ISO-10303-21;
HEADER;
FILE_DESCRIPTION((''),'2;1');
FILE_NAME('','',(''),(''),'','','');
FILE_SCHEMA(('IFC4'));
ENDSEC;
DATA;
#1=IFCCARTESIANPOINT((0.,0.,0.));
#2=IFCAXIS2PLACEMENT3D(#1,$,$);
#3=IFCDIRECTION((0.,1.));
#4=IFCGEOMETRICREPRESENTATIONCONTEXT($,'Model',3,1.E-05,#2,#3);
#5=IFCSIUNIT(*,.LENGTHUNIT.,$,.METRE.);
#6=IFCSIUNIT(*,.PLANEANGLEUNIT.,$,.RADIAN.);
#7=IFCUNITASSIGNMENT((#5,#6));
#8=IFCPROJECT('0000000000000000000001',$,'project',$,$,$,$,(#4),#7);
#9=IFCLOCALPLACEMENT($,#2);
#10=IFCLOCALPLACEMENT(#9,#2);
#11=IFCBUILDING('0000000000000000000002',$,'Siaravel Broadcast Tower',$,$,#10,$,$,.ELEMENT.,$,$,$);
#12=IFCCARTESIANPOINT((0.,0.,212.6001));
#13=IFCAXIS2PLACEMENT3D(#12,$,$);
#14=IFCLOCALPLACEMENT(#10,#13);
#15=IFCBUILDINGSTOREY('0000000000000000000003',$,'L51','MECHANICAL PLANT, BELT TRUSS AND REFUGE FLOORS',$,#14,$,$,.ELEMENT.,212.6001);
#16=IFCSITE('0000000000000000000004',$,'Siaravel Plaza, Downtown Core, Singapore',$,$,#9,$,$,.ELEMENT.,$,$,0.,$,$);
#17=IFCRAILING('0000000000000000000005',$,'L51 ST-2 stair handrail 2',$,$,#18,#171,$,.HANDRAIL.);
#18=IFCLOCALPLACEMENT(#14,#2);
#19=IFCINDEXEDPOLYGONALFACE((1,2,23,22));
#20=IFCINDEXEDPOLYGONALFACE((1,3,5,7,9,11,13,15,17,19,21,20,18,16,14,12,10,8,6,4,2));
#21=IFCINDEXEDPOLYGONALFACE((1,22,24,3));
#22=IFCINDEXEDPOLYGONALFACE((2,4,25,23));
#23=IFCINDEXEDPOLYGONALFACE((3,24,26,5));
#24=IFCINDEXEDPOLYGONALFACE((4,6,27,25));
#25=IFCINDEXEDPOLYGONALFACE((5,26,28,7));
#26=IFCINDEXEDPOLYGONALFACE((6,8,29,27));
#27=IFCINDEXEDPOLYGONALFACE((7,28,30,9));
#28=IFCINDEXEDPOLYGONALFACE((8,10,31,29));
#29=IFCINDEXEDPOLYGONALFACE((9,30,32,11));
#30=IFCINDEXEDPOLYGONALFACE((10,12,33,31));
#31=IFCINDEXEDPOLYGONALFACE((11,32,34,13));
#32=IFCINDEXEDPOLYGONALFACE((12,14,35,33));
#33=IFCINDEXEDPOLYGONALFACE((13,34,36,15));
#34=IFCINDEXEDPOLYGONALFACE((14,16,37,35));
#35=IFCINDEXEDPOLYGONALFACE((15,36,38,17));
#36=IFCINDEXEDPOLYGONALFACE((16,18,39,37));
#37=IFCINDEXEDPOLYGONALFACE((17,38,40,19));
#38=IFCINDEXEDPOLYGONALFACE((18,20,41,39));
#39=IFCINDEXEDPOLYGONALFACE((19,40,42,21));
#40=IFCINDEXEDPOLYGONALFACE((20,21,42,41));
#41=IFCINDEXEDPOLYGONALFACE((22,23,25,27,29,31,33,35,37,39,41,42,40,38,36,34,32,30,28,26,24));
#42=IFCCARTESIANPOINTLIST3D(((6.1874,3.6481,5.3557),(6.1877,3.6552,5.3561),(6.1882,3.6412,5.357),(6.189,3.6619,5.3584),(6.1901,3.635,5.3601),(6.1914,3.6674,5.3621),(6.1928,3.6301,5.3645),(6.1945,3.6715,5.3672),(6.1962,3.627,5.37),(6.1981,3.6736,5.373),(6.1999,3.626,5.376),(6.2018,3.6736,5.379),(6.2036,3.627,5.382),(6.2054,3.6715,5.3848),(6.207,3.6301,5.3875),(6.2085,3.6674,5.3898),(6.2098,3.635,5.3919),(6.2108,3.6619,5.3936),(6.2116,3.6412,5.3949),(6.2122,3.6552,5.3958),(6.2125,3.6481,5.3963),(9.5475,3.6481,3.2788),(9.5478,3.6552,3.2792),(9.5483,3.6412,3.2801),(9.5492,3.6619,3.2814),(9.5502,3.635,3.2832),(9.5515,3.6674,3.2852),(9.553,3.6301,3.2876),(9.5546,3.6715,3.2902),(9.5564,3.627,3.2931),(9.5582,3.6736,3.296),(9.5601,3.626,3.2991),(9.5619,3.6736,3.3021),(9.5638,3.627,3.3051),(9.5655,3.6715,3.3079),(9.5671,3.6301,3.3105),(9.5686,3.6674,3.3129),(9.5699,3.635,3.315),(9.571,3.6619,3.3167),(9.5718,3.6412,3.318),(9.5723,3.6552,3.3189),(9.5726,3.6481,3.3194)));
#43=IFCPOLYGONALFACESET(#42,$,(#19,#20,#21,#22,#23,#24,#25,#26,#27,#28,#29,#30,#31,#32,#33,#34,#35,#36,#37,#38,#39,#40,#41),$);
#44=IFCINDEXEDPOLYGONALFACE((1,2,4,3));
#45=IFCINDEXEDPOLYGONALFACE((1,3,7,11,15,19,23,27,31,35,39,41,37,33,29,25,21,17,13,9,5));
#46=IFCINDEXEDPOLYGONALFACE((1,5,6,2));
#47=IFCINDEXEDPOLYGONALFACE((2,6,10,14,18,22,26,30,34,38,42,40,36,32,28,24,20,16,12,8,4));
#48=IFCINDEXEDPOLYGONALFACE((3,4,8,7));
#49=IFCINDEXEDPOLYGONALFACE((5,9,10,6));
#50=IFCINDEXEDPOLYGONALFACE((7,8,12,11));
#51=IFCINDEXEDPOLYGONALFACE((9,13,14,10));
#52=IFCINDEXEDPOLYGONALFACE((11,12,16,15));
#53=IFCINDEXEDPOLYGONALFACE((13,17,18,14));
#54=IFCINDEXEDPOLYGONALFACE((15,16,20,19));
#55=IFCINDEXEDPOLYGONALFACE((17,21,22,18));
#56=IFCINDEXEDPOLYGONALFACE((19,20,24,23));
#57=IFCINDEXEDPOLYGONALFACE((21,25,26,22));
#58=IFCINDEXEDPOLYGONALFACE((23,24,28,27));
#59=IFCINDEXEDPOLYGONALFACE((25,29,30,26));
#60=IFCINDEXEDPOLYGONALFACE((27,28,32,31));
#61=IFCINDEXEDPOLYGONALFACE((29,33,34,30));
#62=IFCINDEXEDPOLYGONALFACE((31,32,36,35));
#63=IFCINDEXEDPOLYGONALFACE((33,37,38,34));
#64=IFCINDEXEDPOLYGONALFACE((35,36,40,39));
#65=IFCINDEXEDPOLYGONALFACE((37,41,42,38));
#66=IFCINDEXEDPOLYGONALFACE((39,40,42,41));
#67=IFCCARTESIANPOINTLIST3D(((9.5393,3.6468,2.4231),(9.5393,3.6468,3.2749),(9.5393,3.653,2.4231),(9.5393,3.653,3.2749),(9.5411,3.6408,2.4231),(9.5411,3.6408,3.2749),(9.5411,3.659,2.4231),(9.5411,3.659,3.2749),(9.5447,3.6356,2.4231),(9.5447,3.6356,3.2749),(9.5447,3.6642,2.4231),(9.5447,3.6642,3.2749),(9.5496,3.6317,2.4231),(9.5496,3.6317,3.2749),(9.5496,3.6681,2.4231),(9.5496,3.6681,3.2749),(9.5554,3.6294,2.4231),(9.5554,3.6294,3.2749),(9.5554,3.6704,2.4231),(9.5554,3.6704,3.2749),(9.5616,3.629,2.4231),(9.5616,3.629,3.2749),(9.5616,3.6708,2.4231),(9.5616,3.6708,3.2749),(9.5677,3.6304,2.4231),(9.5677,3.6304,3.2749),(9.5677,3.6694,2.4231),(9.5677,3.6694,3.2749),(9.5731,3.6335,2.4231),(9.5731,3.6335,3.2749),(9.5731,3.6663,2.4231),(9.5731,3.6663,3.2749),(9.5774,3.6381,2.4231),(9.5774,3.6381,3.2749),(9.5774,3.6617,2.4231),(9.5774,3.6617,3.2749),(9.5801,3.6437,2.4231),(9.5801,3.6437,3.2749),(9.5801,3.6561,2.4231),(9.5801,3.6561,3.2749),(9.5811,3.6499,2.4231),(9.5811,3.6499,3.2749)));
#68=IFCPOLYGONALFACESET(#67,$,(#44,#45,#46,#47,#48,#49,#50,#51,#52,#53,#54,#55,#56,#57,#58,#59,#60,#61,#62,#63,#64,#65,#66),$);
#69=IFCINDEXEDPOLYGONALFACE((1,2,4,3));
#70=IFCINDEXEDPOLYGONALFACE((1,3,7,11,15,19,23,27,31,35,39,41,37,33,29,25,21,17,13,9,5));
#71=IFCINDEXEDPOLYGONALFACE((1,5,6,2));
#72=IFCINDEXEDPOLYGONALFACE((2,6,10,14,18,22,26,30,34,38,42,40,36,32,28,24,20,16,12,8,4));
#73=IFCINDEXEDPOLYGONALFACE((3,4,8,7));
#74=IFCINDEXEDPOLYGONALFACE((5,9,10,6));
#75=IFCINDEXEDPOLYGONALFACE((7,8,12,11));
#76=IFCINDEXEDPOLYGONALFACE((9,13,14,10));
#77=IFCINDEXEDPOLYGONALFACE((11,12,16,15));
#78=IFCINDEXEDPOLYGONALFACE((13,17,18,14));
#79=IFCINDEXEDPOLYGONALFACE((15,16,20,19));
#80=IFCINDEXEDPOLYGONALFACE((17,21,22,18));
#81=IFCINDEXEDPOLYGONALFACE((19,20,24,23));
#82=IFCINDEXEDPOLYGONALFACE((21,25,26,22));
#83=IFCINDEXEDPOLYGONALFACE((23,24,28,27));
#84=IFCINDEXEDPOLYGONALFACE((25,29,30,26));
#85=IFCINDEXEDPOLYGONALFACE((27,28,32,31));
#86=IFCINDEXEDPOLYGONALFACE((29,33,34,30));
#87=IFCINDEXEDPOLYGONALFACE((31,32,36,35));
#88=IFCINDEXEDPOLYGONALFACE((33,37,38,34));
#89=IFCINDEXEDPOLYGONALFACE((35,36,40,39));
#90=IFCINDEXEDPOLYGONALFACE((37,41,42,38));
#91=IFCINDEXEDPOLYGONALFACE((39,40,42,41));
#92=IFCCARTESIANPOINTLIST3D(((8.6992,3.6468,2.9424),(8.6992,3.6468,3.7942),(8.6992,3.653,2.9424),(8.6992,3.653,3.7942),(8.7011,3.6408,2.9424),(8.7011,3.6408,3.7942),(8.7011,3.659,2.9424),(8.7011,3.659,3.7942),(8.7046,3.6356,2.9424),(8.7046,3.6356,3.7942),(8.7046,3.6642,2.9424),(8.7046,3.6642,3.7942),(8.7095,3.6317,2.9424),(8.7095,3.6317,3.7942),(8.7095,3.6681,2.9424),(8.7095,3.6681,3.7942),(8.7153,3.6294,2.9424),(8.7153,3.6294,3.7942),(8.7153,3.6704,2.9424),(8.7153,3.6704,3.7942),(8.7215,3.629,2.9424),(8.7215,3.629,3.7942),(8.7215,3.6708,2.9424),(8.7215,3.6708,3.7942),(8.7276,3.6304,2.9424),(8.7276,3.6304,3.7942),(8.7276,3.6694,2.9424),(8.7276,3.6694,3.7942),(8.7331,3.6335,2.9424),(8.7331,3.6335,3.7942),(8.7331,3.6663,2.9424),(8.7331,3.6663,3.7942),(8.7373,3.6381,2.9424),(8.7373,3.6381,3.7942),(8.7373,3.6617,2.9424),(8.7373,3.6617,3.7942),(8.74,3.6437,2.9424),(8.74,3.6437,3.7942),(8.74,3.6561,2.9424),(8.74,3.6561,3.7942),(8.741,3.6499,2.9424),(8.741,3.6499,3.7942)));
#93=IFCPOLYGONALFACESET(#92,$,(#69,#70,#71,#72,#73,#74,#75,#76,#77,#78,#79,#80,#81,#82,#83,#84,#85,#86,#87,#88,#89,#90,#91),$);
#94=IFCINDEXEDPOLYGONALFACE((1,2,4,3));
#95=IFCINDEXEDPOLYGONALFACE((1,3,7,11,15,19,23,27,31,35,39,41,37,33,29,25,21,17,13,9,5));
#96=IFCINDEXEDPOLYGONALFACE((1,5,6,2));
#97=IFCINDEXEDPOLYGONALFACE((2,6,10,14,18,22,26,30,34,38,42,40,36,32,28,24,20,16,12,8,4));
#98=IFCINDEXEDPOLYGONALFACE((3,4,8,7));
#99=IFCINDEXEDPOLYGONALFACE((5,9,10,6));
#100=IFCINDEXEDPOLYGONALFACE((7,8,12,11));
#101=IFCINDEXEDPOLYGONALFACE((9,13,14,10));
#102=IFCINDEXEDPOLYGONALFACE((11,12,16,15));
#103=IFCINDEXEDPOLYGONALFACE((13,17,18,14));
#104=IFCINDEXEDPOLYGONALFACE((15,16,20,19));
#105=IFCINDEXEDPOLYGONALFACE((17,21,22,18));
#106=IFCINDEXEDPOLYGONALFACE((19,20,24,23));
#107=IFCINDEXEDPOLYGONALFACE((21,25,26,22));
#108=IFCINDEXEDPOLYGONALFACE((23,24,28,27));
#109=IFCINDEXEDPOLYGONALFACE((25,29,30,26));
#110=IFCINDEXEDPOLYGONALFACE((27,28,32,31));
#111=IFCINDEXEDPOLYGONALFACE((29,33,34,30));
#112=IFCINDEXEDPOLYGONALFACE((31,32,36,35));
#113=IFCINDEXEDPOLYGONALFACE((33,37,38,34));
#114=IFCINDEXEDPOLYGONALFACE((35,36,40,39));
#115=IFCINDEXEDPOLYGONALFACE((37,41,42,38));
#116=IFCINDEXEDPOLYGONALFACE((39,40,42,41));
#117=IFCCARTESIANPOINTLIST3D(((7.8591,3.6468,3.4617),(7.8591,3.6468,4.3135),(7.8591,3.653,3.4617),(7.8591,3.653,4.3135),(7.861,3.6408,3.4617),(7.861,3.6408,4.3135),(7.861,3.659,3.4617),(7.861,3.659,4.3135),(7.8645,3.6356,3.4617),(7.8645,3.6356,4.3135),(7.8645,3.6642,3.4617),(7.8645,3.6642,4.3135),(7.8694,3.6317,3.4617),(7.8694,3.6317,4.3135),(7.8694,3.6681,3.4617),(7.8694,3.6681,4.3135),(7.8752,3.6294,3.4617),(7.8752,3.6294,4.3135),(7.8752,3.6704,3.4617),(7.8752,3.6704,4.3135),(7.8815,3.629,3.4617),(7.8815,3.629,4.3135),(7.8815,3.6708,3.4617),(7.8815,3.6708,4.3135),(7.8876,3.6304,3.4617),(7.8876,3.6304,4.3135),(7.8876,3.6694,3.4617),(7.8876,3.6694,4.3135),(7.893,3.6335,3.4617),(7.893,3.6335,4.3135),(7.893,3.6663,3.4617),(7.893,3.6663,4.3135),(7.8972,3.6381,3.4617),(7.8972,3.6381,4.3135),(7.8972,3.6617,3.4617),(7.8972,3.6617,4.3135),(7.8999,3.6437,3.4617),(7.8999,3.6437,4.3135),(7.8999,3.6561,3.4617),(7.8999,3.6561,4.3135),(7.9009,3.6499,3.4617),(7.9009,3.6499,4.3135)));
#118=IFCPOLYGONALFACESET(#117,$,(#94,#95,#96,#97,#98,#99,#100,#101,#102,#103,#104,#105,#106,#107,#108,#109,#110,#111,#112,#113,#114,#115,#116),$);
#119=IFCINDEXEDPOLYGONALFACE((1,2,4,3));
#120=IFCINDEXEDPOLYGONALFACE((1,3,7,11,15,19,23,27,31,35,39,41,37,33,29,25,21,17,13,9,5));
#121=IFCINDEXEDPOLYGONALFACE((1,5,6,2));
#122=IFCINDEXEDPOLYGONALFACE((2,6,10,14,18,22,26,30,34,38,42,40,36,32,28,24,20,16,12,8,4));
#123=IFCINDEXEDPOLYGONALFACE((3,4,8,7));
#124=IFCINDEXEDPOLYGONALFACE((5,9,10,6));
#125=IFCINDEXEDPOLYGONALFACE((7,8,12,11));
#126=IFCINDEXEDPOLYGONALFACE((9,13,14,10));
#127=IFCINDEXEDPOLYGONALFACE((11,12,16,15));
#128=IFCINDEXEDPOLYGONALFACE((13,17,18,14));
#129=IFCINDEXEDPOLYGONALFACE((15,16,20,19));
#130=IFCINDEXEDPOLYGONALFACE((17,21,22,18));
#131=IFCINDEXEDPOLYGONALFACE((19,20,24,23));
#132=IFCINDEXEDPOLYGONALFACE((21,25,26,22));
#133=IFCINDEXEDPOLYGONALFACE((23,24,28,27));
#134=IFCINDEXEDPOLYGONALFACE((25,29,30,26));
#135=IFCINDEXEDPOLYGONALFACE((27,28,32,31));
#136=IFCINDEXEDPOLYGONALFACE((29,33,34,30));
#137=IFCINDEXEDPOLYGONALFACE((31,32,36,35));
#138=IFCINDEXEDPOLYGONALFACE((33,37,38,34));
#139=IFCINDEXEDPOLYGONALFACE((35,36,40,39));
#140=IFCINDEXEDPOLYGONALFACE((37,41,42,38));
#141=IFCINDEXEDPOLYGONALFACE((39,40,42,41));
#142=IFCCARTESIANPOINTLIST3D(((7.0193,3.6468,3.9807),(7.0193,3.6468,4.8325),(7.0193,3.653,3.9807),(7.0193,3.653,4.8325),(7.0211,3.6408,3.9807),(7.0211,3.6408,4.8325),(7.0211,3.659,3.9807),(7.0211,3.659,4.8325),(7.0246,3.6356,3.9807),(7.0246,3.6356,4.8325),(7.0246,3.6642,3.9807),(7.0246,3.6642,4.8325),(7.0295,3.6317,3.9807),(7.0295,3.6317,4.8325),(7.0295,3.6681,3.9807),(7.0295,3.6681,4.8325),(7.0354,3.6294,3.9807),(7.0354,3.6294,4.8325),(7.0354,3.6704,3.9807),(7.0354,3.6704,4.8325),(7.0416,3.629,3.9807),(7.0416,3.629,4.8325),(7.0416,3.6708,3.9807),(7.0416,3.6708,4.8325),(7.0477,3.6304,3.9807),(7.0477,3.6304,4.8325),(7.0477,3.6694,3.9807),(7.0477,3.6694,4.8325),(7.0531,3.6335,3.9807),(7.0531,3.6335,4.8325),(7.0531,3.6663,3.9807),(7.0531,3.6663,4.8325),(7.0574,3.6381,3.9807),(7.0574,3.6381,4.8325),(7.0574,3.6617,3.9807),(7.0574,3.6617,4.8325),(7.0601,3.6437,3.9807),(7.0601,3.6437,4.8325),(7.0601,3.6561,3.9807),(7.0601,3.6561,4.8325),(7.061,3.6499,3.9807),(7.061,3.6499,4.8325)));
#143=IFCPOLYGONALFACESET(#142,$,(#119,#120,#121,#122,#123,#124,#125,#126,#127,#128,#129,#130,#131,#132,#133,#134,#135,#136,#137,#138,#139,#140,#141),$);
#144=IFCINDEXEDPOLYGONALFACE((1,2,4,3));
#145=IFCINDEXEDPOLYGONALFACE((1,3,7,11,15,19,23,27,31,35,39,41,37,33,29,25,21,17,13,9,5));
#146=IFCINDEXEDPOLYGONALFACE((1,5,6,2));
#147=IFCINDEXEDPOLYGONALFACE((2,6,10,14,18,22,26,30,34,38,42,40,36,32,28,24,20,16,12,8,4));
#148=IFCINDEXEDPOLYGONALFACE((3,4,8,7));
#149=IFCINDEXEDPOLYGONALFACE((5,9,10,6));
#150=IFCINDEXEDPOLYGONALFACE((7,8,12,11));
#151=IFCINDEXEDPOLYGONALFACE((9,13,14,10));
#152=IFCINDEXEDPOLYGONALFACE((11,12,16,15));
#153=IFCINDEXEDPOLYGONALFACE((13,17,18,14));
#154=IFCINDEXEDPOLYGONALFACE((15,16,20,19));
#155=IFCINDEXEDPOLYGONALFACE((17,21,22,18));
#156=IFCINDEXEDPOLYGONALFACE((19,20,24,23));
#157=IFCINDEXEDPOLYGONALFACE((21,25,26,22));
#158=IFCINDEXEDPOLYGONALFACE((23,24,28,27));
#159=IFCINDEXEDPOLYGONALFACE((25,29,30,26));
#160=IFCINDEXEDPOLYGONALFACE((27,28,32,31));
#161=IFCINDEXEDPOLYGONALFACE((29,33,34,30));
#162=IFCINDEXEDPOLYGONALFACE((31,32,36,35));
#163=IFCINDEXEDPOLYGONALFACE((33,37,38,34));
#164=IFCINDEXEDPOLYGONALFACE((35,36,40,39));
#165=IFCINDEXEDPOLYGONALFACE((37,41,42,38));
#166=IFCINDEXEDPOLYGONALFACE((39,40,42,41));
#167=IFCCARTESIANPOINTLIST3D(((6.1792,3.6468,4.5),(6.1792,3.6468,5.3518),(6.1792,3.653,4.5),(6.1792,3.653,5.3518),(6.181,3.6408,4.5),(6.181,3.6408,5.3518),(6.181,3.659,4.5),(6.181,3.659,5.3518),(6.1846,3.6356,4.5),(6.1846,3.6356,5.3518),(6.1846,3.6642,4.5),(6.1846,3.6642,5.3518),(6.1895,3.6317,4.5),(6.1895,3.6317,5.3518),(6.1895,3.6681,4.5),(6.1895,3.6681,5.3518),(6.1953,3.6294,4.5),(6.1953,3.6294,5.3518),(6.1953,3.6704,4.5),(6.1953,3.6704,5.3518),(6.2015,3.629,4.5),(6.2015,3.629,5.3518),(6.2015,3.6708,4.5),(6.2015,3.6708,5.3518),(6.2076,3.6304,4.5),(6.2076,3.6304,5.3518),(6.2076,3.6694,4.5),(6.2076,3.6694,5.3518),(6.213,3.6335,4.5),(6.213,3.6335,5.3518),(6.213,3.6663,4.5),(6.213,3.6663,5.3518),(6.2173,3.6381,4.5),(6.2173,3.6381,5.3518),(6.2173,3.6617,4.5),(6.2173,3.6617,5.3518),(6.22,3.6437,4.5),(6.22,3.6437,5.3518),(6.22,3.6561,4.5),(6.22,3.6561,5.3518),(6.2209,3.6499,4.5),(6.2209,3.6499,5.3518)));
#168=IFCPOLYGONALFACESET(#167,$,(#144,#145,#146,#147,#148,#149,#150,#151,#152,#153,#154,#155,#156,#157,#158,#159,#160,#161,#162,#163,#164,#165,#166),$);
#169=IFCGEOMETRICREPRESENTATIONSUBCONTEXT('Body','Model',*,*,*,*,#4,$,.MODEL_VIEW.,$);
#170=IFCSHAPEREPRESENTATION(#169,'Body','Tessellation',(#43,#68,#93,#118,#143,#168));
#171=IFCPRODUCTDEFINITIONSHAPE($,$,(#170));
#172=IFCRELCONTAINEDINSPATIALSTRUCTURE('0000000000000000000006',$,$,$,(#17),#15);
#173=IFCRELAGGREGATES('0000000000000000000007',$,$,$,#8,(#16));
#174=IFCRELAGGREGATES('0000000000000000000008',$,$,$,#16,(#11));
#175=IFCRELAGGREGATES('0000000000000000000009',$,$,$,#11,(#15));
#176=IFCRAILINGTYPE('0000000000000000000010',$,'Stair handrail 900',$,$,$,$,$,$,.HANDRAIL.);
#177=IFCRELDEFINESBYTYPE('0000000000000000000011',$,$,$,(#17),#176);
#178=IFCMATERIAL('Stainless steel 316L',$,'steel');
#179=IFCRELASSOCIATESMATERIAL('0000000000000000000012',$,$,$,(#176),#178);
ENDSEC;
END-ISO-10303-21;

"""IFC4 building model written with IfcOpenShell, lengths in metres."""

from ifc_helpers import new_model, si_unit, direction, frame, origin, origin_2d, place, context, subcontext, project, spatial, circle, extrude, material, type_object, element, save


model = new_model("IFC4")

# Units and contexts
model_context = context("Model", 3, precision=1e-05, world=origin(), true_north=direction((0.0, 1.0)))
body_context = subcontext(model_context, "Body", "Model", "MODEL_VIEW")
ifc_project = project(units=[si_unit("LENGTHUNIT", "METRE"), si_unit("PLANEANGLEUNIT", "RADIAN")], contexts=[model_context])

# Site, building, storey
site_placement = place(None, origin())
site = spatial("IfcSite", under=ifc_project, at=site_placement, Name="Siaravel Plaza, Downtown Core, Singapore", CompositionType="ELEMENT", RefElevation=0.0)
building_placement = place(site_placement, origin())
building = spatial("IfcBuilding", under=site, at=building_placement, Name="Siaravel Broadcast Tower", CompositionType="ELEMENT")
storey_placement = place(building_placement, frame((0.0, 0.0, 212.6001)))
storey = spatial("IfcBuildingStorey", under=building, at=storey_placement, Name="L51", Description="MECHANICAL PLANT, BELT TRUSS AND REFUGE FLOORS", CompositionType="ELEMENT", Elevation=212.6001)

# Railing
ifc_material_1 = material(Name="Stainless steel 316L", Category="steel")
railing_type_1 = type_object("IfcRailingType", Name="Stair handrail 900", PredefinedType="HANDRAIL", material=ifc_material_1)
railing_1_placement = place(storey_placement, frame((9.5601, 3.6499, 2.4231)))
element("IfcRailing", 1, at=railing_1_placement, inside=storey, type_object=railing_type_1, Name="L51 ST-2 stair handrail 2", PredefinedType="HANDRAIL", context=body_context, shape_type="SweptSolid", body=[
    extrude(circle(Radius=0.0239, at=origin_2d()), frame((0.0, 0.0, 0.876), z_axis=(-0.850623, 0.0, 0.525776), x_axis=(0.0, -1.0, 0.0)), (0.0, 0.0, 1.0), 3.9502),
    extrude(circle(Radius=0.021, at=origin_2d()), origin(), (0.0, 0.0, 1.0), 0.8518),
    extrude(circle(Radius=0.021, at=origin_2d()), frame((-0.8401, 0.0, 0.5193)), (0.0, 0.0, 1.0), 0.8518),
    extrude(circle(Radius=0.021, at=origin_2d()), frame((-1.6802, 0.0, 1.0386)), (0.0, 0.0, 1.0), 0.8518),
    extrude(circle(Radius=0.021, at=origin_2d()), frame((-2.52, 0.0, 1.5576)), (0.0, 0.0, 1.0), 0.8518),
    extrude(circle(Radius=0.021, at=origin_2d()), frame((-3.3601, 0.0, 2.0769)), (0.0, 0.0, 1.0), 0.8518),
])

save(model, "model.ifc")
